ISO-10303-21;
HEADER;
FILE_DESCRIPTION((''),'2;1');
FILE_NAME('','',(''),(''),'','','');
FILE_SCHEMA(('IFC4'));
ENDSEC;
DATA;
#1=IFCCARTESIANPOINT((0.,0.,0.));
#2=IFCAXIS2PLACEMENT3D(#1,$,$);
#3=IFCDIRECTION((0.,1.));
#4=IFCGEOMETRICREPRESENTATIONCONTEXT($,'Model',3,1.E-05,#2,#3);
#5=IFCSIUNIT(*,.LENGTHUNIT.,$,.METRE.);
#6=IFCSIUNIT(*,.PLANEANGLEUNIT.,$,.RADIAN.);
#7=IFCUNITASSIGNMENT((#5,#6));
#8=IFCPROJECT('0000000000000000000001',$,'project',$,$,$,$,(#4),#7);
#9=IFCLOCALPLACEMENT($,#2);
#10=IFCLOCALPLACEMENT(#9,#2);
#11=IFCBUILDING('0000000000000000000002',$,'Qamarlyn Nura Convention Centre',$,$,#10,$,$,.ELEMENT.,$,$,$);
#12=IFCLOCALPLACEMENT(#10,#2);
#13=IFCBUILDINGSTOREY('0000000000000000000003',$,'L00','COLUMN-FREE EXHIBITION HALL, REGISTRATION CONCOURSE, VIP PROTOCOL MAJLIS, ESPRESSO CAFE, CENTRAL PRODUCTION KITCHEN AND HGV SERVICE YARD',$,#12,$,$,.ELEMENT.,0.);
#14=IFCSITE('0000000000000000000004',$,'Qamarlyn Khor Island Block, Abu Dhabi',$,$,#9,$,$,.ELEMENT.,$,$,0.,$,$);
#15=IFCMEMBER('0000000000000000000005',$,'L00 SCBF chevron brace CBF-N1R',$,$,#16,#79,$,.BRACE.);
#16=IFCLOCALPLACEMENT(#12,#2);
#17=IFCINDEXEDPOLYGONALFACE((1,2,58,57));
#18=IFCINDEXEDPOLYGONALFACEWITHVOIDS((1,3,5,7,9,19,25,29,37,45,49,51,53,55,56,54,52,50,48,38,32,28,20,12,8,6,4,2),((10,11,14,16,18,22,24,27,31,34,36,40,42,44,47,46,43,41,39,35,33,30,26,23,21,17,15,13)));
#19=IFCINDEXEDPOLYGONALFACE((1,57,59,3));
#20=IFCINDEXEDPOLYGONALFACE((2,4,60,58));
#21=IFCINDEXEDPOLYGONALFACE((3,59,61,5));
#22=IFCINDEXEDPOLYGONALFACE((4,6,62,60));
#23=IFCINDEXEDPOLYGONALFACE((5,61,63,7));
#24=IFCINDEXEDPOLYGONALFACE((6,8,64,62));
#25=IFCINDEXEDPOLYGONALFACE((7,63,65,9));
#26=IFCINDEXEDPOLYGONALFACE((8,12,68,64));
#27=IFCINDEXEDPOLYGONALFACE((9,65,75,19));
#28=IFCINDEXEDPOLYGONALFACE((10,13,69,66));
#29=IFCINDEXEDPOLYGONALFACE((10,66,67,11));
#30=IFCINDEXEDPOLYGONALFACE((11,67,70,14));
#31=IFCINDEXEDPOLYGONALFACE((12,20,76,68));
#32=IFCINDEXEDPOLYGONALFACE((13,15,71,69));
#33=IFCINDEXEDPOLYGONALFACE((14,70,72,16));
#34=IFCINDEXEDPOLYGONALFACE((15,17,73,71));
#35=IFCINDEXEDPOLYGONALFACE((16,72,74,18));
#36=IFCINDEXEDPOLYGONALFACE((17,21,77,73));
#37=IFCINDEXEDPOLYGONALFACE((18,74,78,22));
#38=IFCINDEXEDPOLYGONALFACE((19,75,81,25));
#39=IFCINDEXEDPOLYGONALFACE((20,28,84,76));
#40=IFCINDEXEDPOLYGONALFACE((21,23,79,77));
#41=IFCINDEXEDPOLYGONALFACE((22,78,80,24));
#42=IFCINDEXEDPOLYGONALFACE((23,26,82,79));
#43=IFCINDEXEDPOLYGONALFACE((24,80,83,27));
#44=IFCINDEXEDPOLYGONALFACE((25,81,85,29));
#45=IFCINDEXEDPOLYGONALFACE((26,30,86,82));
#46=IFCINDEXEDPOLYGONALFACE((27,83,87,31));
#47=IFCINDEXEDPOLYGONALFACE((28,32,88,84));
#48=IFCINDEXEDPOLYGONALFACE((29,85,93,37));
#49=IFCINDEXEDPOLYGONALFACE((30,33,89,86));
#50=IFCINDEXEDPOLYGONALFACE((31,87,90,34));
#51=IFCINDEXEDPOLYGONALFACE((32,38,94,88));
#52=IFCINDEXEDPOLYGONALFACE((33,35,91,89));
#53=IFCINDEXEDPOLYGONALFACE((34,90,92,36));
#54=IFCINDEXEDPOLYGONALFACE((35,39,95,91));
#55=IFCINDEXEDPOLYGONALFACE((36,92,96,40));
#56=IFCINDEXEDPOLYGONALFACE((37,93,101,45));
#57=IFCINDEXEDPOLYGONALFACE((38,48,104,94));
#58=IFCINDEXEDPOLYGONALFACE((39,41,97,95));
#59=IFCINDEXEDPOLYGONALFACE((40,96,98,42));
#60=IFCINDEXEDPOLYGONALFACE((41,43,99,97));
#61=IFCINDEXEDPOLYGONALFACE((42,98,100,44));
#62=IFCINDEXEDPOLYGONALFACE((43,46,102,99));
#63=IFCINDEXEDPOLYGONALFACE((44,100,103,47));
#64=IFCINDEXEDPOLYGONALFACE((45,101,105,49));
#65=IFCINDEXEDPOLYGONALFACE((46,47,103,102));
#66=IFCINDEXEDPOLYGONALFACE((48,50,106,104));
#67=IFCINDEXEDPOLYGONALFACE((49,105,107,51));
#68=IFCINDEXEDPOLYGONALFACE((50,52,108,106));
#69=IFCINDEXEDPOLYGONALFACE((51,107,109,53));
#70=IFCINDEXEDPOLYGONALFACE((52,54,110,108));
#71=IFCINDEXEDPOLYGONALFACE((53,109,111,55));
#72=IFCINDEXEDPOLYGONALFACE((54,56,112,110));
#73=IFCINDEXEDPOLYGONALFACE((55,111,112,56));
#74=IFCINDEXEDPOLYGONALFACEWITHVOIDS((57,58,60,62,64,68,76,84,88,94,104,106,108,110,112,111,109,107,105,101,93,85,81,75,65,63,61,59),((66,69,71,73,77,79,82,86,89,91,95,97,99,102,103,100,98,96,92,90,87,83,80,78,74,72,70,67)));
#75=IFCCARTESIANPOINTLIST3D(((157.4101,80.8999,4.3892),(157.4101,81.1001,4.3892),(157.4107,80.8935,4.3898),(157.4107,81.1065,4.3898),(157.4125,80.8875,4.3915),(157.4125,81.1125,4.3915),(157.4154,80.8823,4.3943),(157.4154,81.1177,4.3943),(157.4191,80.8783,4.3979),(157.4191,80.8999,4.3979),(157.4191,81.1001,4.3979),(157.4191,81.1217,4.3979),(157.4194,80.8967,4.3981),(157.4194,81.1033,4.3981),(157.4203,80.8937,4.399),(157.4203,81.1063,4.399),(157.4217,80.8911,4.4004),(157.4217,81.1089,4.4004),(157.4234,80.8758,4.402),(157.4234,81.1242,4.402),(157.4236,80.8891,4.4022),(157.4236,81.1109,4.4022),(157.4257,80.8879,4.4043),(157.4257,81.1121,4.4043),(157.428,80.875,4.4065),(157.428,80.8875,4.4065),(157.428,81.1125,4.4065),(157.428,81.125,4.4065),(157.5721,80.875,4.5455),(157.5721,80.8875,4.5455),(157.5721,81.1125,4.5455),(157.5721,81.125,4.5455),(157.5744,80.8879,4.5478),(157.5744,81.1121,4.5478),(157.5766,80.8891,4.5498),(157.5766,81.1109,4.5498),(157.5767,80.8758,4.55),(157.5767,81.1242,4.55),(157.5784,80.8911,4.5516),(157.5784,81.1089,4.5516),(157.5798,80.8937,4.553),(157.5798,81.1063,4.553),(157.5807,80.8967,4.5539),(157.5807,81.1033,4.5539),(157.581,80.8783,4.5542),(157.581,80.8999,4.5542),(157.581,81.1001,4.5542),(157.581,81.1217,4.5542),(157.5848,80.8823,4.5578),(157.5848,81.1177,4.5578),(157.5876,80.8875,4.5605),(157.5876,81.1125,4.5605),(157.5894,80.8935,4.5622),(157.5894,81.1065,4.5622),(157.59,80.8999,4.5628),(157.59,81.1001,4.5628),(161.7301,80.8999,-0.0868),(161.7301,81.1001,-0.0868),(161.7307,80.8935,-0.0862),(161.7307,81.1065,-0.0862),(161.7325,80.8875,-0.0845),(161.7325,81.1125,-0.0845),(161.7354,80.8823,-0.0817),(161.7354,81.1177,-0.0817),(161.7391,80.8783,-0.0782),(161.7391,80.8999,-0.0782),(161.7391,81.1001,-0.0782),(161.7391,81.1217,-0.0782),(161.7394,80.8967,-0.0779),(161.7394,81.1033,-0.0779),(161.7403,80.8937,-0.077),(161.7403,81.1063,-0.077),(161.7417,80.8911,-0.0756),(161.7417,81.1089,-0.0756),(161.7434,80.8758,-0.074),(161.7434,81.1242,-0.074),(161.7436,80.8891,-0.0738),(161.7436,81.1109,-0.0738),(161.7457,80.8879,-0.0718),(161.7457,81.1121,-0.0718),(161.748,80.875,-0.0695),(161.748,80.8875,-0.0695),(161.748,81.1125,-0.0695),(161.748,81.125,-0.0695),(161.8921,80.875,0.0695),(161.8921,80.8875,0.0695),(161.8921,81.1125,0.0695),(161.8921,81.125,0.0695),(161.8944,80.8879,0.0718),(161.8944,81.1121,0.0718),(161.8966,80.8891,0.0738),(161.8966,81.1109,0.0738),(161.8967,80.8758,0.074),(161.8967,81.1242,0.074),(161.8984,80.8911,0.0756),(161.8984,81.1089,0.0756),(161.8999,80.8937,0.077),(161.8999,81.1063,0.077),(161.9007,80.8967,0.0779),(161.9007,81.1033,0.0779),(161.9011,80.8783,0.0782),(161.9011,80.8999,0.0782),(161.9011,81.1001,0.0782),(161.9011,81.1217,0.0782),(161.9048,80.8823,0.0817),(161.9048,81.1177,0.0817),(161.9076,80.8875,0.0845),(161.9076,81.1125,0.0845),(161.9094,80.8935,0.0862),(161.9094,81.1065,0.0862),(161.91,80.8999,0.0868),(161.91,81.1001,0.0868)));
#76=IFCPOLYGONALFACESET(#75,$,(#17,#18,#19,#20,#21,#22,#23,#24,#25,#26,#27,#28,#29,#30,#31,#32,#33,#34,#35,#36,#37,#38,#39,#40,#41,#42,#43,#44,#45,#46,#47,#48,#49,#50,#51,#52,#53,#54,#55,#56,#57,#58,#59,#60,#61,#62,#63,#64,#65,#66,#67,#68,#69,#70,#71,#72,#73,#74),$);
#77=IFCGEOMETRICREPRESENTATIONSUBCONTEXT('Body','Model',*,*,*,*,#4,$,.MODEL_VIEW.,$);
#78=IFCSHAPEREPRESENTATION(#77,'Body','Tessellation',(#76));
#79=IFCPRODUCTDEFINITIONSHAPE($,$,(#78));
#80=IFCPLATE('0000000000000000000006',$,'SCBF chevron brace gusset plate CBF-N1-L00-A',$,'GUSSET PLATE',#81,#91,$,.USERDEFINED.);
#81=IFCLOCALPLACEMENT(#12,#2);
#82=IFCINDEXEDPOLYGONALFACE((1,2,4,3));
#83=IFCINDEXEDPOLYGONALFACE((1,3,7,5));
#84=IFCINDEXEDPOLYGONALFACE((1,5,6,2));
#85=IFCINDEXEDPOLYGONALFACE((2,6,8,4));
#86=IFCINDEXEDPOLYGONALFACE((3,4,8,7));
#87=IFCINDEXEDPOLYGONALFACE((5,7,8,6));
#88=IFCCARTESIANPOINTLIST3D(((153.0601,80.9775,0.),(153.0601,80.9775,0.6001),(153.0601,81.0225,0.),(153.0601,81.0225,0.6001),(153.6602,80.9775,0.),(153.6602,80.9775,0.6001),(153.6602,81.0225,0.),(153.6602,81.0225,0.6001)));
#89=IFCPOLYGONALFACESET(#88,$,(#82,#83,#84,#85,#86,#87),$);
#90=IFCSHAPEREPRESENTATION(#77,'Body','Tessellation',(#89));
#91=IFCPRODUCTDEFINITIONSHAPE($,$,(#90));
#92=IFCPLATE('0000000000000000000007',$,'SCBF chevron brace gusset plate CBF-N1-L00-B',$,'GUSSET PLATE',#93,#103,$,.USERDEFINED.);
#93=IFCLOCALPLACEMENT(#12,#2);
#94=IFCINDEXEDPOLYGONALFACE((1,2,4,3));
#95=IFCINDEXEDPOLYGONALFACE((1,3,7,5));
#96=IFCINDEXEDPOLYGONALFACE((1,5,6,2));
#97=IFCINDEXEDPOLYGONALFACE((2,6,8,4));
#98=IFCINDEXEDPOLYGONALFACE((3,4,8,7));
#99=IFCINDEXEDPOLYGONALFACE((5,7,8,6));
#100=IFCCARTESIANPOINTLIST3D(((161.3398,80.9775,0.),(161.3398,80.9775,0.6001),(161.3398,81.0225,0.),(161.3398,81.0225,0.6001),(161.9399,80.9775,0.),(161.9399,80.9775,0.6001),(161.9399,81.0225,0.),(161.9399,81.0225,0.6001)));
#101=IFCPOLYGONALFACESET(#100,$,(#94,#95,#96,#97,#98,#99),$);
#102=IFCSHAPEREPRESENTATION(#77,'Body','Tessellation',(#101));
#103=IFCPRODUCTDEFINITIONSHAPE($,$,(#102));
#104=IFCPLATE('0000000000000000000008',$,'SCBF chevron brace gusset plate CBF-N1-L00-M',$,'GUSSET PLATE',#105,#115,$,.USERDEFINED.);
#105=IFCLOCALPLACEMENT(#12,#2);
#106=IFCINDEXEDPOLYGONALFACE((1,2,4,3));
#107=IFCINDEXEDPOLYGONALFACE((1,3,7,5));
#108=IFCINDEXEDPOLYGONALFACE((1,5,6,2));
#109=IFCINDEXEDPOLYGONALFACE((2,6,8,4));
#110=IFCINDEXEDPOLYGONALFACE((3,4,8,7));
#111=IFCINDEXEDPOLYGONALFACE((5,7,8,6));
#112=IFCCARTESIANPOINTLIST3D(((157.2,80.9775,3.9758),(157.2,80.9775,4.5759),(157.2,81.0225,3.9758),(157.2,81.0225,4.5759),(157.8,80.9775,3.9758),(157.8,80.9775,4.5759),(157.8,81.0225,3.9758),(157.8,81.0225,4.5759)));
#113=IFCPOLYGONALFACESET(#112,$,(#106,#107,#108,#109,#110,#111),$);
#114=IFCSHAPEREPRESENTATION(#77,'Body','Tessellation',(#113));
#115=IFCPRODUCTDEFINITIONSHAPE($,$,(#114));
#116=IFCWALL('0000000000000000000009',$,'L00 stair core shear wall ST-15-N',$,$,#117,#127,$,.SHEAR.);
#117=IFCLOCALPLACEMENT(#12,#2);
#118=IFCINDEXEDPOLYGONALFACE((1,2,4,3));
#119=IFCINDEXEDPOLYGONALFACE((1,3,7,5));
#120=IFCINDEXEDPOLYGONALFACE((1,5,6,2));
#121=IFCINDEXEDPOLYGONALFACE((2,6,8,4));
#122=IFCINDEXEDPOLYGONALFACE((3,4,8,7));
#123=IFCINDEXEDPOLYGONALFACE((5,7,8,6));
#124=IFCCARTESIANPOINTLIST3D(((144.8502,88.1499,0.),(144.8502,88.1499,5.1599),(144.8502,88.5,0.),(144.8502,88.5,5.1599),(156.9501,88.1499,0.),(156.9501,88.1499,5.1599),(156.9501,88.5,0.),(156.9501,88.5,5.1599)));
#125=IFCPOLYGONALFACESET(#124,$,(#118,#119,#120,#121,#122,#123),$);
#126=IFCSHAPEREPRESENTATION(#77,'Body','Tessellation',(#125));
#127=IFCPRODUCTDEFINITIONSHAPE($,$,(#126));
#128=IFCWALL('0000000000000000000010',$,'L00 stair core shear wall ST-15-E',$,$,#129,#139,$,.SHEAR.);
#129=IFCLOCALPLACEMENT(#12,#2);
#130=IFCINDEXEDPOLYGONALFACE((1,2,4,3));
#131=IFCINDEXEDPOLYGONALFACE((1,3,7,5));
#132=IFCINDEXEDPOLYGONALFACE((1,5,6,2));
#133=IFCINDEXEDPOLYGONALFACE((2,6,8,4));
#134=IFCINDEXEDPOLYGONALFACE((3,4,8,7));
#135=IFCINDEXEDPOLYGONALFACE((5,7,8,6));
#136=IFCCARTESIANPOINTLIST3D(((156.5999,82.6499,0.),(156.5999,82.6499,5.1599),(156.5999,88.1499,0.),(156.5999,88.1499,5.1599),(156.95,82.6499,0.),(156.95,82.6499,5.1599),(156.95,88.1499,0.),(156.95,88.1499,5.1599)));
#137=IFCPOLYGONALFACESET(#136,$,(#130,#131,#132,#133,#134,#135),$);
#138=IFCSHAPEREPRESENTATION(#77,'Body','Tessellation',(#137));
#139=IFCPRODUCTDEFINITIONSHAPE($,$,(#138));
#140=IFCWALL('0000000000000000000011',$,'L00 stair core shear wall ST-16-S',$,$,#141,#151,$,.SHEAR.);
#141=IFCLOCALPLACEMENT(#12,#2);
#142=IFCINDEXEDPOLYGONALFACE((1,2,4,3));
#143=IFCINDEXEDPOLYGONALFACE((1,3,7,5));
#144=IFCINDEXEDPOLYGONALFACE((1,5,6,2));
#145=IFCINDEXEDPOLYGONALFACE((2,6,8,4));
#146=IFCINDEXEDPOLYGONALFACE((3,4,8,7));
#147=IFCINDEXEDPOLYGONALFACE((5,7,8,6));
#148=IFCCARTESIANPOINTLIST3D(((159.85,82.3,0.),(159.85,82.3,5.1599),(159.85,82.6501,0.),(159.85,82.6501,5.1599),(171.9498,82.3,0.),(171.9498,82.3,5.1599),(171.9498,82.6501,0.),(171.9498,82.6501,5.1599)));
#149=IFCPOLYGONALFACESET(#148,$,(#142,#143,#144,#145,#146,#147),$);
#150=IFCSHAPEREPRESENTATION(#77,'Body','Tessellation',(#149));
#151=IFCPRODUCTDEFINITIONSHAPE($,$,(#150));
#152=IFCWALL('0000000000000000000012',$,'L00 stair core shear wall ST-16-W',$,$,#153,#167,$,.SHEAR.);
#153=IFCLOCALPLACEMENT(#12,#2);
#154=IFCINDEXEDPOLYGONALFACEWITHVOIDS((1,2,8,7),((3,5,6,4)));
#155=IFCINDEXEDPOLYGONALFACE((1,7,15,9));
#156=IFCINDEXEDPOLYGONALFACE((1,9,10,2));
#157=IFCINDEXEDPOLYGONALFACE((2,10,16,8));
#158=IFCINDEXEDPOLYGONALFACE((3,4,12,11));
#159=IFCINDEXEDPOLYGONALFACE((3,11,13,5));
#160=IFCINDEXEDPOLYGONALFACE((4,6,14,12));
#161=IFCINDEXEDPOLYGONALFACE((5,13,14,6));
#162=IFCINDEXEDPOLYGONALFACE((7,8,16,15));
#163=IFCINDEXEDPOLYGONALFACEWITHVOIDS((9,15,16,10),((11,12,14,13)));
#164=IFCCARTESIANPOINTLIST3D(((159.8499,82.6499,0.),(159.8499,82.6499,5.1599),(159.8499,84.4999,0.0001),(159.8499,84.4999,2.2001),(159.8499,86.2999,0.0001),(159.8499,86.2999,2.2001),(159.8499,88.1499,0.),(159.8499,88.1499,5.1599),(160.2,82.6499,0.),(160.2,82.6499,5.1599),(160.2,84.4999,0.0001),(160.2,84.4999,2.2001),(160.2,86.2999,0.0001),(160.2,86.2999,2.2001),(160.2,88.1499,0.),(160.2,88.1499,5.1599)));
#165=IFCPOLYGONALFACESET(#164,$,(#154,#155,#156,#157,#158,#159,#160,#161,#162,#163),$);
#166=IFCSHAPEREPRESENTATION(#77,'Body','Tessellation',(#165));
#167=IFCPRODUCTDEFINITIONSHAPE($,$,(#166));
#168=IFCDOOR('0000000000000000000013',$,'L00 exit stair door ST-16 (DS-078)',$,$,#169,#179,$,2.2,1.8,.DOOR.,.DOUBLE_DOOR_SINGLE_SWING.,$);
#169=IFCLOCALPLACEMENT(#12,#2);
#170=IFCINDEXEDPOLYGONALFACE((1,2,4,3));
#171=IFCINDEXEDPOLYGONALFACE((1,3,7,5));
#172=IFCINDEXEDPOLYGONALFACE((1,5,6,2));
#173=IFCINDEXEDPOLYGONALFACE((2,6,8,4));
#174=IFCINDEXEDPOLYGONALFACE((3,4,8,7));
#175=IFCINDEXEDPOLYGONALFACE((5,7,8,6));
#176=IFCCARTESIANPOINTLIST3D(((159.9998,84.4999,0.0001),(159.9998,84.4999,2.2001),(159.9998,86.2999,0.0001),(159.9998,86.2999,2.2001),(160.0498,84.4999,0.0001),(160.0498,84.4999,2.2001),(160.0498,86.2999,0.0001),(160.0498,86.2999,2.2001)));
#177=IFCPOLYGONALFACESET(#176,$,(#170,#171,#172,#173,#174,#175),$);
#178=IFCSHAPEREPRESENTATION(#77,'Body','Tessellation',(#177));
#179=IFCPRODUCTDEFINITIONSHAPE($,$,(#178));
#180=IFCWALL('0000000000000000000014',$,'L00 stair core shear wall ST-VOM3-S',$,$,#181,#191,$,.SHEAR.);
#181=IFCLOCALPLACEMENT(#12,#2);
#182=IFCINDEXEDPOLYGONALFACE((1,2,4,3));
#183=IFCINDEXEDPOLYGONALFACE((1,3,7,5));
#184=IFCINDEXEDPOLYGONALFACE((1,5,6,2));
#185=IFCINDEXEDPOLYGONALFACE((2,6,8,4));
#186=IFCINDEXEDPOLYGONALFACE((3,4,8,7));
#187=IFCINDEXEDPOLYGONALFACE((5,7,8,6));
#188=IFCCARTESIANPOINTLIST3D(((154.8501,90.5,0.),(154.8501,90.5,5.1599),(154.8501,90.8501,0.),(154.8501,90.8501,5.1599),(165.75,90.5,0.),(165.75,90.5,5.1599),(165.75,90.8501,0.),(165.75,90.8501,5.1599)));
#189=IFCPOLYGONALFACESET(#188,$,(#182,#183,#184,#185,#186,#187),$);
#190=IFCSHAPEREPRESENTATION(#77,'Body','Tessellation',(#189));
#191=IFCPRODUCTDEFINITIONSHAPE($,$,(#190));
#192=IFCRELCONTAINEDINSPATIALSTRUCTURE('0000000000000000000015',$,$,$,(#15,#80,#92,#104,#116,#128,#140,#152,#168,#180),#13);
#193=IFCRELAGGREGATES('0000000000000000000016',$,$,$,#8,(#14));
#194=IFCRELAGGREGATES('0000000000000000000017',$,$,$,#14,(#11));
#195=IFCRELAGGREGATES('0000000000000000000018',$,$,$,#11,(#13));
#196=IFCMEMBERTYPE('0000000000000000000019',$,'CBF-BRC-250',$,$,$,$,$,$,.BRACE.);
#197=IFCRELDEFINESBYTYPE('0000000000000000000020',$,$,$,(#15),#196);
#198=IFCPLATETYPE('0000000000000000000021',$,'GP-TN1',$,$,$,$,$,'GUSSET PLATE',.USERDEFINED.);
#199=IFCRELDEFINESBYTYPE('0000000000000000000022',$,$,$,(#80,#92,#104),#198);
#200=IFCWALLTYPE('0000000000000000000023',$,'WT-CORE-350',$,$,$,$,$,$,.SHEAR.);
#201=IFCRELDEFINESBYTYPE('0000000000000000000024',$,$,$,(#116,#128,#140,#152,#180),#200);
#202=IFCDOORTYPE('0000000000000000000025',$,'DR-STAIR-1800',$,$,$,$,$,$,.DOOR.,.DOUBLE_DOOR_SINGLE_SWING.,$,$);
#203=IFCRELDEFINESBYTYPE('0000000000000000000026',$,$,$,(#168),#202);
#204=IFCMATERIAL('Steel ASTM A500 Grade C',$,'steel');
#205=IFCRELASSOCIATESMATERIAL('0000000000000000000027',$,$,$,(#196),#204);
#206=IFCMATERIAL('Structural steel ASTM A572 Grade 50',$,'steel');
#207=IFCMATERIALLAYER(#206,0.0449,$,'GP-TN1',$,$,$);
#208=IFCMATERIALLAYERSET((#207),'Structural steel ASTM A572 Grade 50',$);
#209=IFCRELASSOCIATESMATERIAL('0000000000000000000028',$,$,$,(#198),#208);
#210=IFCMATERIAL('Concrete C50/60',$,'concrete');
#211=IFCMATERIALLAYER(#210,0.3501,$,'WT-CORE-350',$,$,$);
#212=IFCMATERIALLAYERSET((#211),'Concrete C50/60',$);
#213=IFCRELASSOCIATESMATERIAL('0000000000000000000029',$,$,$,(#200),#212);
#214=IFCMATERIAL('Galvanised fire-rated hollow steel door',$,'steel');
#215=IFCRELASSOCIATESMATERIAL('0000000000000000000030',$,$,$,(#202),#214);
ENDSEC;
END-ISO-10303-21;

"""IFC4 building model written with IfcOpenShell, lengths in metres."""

from ifc_helpers import new_model, si_unit, direction, frame, frame_2d, origin, origin_2d, place, context, subcontext, project, spatial, rectangle, hollow_rectangle, extrude, material, layer, layer_set, material_profile, profile_set, type_object, element, fill, save


model = new_model("IFC4")

# Units and contexts
model_context = context("Model", 3, precision=1e-05, world=origin(), true_north=direction((0.0, 1.0)))
body_context = subcontext(model_context, "Body", "Model", "MODEL_VIEW")
ifc_project = project(units=[si_unit("LENGTHUNIT", "METRE"), si_unit("PLANEANGLEUNIT", "RADIAN")], contexts=[model_context])

# Site, building, storey
site_placement = place(None, origin())
site = spatial("IfcSite", under=ifc_project, at=site_placement, Name="Qamarlyn Khor Island Block, Abu Dhabi", CompositionType="ELEMENT", RefElevation=0.0)
building_placement = place(site_placement, origin())
building = spatial("IfcBuilding", under=site, at=building_placement, Name="Qamarlyn Nura Convention Centre", CompositionType="ELEMENT")
storey_placement = place(building_placement, origin())
storey = spatial("IfcBuildingStorey", under=building, at=storey_placement, Name="L00", Description="COLUMN-FREE EXHIBITION HALL, REGISTRATION CONCOURSE, VIP PROTOCOL MAJLIS, ESPRESSO CAFE, CENTRAL PRODUCTION KITCHEN AND HGV SERVICE YARD", CompositionType="ELEMENT", Elevation=0.0)

# Member
ifc_material_1 = material(Name="Steel ASTM A500 Grade C", Category="steel")
ifc_material_profile_1 = material_profile(ifc_material_1, hollow_rectangle(XDim=0.25, YDim=0.25, WallThickness=0.0125, InnerFilletRadius=0.0125, OuterFilletRadius=0.0249, at=origin_2d()), Name="HSS250X250X12.5")
ifc_profile_set_1 = profile_set([ifc_material_profile_1], Name="Steel ASTM A500 Grade C")
member_type = type_object("IfcMemberType", Name="CBF-BRC-250", PredefinedType="BRACE", material=ifc_profile_set_1)
member_placement = place(storey_placement, frame((161.8201, 81.0, 0.0), z_axis=(-0.694457, 0.0, 0.719535), x_axis=(0.0, -1.0, 0.0)))
element("IfcMember", 1, at=member_placement, inside=storey, type_object=member_type, Name="L00 SCBF chevron brace CBF-N1R", PredefinedType="BRACE", context=body_context, shape_type="SweptSolid", body=[
    extrude(hollow_rectangle(XDim=0.25, YDim=0.25, WallThickness=0.0125, InnerFilletRadius=0.0125, OuterFilletRadius=0.0249, at=origin_2d()), origin(), (0.0, 0.0, 1.0), 6.2207),
])

# Plates
ifc_material_2 = material(Name="Structural steel ASTM A572 Grade 50", Category="steel")
ifc_layer_1 = layer(ifc_material_2, 0.0449, Name="GP-TN1")
ifc_layer_set_1 = layer_set([ifc_layer_1], Name="Structural steel ASTM A572 Grade 50")
plate_type = type_object("IfcPlateType", Name="GP-TN1", ElementType="GUSSET PLATE", PredefinedType="USERDEFINED", material=ifc_layer_set_1)
for number, where, z_axis, x_axis, name in (
    (2, (153.3601, 81.0, 0.0), (0.0, 0.0, 1.0), (1.0, 0.0, 0.0), "SCBF chevron brace gusset plate CBF-N1-L00-A"),
    (3, (161.6399, 81.0, 0.0), (0.0, 0.0, 1.0), (1.0, 0.0, 0.0), "SCBF chevron brace gusset plate CBF-N1-L00-B"),
    (4, (157.5, 81.0, 3.9758), (0.0, 0.0, 1.0), (1.0, 0.0, 0.0), "SCBF chevron brace gusset plate CBF-N1-L00-M"),
):
    element("IfcPlate", number, at=place(storey_placement, frame(where, z_axis=z_axis, x_axis=x_axis)), inside=storey, type_object=plate_type, Name=name, ObjectType="GUSSET PLATE", PredefinedType="USERDEFINED", context=body_context, shape_type="SweptSolid", body=[
        extrude(rectangle(XDim=0.6001, YDim=0.0449, at=origin_2d()), origin(), (0.0, 0.0, 1.0), 0.6001),
    ])

# Walls
ifc_material_3 = material(Name="Concrete C50/60", Category="concrete")
ifc_layer_2 = layer(ifc_material_3, 0.3501, Name="WT-CORE-350")
ifc_layer_set_2 = layer_set([ifc_layer_2], Name="Concrete C50/60")
wall_type = type_object("IfcWallType", Name="WT-CORE-350", PredefinedType="SHEAR", material=ifc_layer_set_2)
wall_1_placement = place(storey_placement, frame((156.95, 88.325, 0.0), z_axis=(0.0, 0.0, 1.0), x_axis=(-1.0, 0.0, 0.0)))
element("IfcWall", 5, at=wall_1_placement, inside=storey, type_object=wall_type, Name="L00 stair core shear wall ST-15-N", PredefinedType="SHEAR", context=body_context, shape_type="SweptSolid", body=[
    extrude(rectangle(XDim=12.0999, YDim=0.3501, at=frame_2d((6.0498, 0.0))), origin(), (0.0, 0.0, 1.0), 5.1599),
])
wall_2_placement = place(storey_placement, frame((156.7749, 82.6499, 0.0), z_axis=(0.0, 0.0, 1.0), x_axis=(0.0, 1.0, 0.0)))
element("IfcWall", 6, at=wall_2_placement, inside=storey, type_object=wall_type, Name="L00 stair core shear wall ST-15-E", PredefinedType="SHEAR", context=body_context, shape_type="SweptSolid", body=[
    extrude(rectangle(XDim=5.5, YDim=0.3501, at=frame_2d((2.75, 0.0))), origin(), (0.0, 0.0, 1.0), 5.1599),
])
wall_3_placement = place(storey_placement, frame((159.8501, 82.4751, 0.0), z_axis=(0.0, 0.0, 1.0), x_axis=(1.0, 0.0, 0.0)))
element("IfcWall", 7, at=wall_3_placement, inside=storey, type_object=wall_type, Name="L00 stair core shear wall ST-16-S", PredefinedType="SHEAR", context=body_context, shape_type="SweptSolid", body=[
    extrude(rectangle(XDim=12.0999, YDim=0.3501, at=frame_2d((6.0498, 0.0))), origin(), (0.0, 0.0, 1.0), 5.1599),
])

# Wall, opening, door
wall_4_placement = place(storey_placement, frame((160.0249, 88.1499, 0.0), z_axis=(0.0, 0.0, 1.0), x_axis=(0.0, -1.0, 0.0)))
wall_4 = element("IfcWall", 8, at=wall_4_placement, inside=storey, type_object=wall_type, Name="L00 stair core shear wall ST-16-W", PredefinedType="SHEAR", context=body_context, shape_type="SweptSolid", body=[
    extrude(rectangle(XDim=5.5, YDim=0.3501, at=frame_2d((2.75, 0.0))), origin(), (0.0, 0.0, 1.0), 5.1599),
])
opening_placement = place(wall_4_placement, frame((1.8501, 0.0, 0.0)))
opening = element("IfcOpeningElement", 9, at=opening_placement, cuts=wall_4, PredefinedType="OPENING", context=body_context, shape_type="SweptSolid", body=[
    extrude(rectangle(XDim=1.8, YDim=2.2, at=frame_2d((0.8999, 1.1001))), frame((0.0, 0.1851, 0.0), z_axis=(0.0, -1.0, 0.0), x_axis=(1.0, 0.0, 0.0)), (0.0, 0.0, 1.0), 0.3701),
])
ifc_material_4 = material(Name="Galvanised fire-rated hollow steel door", Category="steel")
door_type = type_object("IfcDoorType", Name="DR-STAIR-1800", OperationType="DOUBLE_DOOR_SINGLE_SWING", PredefinedType="DOOR", material=ifc_material_4)
door_placement = place(opening_placement, origin())
door = element("IfcDoor", 10, at=door_placement, inside=storey, type_object=door_type, Name="L00 exit stair door ST-16 (DS-078)", OperationType="DOUBLE_DOOR_SINGLE_SWING", OverallHeight=2.2, OverallWidth=1.8, PredefinedType="DOOR", context=body_context, shape_type="SweptSolid", body=[
    extrude(rectangle(XDim=1.8, YDim=2.2, at=frame_2d((0.8999, 1.1001))), frame((0.0, 0.0249, 0.0), z_axis=(0.0, -1.0, 0.0), x_axis=(1.0, 0.0, 0.0)), (0.0, 0.0, 1.0), 0.05),
])
fill(opening, door)

# Wall
wall_5_placement = place(storey_placement, frame((154.8501, 90.675, 0.0), z_axis=(0.0, 0.0, 1.0), x_axis=(1.0, 0.0, 0.0)))
element("IfcWall", 11, at=wall_5_placement, inside=storey, type_object=wall_type, Name="L00 stair core shear wall ST-VOM3-S", PredefinedType="SHEAR", context=body_context, shape_type="SweptSolid", body=[
    extrude(rectangle(XDim=10.8999, YDim=0.3501, at=frame_2d((5.45, 0.0))), origin(), (0.0, 0.0, 1.0), 5.1599),
])

save(model, "model.ifc")
